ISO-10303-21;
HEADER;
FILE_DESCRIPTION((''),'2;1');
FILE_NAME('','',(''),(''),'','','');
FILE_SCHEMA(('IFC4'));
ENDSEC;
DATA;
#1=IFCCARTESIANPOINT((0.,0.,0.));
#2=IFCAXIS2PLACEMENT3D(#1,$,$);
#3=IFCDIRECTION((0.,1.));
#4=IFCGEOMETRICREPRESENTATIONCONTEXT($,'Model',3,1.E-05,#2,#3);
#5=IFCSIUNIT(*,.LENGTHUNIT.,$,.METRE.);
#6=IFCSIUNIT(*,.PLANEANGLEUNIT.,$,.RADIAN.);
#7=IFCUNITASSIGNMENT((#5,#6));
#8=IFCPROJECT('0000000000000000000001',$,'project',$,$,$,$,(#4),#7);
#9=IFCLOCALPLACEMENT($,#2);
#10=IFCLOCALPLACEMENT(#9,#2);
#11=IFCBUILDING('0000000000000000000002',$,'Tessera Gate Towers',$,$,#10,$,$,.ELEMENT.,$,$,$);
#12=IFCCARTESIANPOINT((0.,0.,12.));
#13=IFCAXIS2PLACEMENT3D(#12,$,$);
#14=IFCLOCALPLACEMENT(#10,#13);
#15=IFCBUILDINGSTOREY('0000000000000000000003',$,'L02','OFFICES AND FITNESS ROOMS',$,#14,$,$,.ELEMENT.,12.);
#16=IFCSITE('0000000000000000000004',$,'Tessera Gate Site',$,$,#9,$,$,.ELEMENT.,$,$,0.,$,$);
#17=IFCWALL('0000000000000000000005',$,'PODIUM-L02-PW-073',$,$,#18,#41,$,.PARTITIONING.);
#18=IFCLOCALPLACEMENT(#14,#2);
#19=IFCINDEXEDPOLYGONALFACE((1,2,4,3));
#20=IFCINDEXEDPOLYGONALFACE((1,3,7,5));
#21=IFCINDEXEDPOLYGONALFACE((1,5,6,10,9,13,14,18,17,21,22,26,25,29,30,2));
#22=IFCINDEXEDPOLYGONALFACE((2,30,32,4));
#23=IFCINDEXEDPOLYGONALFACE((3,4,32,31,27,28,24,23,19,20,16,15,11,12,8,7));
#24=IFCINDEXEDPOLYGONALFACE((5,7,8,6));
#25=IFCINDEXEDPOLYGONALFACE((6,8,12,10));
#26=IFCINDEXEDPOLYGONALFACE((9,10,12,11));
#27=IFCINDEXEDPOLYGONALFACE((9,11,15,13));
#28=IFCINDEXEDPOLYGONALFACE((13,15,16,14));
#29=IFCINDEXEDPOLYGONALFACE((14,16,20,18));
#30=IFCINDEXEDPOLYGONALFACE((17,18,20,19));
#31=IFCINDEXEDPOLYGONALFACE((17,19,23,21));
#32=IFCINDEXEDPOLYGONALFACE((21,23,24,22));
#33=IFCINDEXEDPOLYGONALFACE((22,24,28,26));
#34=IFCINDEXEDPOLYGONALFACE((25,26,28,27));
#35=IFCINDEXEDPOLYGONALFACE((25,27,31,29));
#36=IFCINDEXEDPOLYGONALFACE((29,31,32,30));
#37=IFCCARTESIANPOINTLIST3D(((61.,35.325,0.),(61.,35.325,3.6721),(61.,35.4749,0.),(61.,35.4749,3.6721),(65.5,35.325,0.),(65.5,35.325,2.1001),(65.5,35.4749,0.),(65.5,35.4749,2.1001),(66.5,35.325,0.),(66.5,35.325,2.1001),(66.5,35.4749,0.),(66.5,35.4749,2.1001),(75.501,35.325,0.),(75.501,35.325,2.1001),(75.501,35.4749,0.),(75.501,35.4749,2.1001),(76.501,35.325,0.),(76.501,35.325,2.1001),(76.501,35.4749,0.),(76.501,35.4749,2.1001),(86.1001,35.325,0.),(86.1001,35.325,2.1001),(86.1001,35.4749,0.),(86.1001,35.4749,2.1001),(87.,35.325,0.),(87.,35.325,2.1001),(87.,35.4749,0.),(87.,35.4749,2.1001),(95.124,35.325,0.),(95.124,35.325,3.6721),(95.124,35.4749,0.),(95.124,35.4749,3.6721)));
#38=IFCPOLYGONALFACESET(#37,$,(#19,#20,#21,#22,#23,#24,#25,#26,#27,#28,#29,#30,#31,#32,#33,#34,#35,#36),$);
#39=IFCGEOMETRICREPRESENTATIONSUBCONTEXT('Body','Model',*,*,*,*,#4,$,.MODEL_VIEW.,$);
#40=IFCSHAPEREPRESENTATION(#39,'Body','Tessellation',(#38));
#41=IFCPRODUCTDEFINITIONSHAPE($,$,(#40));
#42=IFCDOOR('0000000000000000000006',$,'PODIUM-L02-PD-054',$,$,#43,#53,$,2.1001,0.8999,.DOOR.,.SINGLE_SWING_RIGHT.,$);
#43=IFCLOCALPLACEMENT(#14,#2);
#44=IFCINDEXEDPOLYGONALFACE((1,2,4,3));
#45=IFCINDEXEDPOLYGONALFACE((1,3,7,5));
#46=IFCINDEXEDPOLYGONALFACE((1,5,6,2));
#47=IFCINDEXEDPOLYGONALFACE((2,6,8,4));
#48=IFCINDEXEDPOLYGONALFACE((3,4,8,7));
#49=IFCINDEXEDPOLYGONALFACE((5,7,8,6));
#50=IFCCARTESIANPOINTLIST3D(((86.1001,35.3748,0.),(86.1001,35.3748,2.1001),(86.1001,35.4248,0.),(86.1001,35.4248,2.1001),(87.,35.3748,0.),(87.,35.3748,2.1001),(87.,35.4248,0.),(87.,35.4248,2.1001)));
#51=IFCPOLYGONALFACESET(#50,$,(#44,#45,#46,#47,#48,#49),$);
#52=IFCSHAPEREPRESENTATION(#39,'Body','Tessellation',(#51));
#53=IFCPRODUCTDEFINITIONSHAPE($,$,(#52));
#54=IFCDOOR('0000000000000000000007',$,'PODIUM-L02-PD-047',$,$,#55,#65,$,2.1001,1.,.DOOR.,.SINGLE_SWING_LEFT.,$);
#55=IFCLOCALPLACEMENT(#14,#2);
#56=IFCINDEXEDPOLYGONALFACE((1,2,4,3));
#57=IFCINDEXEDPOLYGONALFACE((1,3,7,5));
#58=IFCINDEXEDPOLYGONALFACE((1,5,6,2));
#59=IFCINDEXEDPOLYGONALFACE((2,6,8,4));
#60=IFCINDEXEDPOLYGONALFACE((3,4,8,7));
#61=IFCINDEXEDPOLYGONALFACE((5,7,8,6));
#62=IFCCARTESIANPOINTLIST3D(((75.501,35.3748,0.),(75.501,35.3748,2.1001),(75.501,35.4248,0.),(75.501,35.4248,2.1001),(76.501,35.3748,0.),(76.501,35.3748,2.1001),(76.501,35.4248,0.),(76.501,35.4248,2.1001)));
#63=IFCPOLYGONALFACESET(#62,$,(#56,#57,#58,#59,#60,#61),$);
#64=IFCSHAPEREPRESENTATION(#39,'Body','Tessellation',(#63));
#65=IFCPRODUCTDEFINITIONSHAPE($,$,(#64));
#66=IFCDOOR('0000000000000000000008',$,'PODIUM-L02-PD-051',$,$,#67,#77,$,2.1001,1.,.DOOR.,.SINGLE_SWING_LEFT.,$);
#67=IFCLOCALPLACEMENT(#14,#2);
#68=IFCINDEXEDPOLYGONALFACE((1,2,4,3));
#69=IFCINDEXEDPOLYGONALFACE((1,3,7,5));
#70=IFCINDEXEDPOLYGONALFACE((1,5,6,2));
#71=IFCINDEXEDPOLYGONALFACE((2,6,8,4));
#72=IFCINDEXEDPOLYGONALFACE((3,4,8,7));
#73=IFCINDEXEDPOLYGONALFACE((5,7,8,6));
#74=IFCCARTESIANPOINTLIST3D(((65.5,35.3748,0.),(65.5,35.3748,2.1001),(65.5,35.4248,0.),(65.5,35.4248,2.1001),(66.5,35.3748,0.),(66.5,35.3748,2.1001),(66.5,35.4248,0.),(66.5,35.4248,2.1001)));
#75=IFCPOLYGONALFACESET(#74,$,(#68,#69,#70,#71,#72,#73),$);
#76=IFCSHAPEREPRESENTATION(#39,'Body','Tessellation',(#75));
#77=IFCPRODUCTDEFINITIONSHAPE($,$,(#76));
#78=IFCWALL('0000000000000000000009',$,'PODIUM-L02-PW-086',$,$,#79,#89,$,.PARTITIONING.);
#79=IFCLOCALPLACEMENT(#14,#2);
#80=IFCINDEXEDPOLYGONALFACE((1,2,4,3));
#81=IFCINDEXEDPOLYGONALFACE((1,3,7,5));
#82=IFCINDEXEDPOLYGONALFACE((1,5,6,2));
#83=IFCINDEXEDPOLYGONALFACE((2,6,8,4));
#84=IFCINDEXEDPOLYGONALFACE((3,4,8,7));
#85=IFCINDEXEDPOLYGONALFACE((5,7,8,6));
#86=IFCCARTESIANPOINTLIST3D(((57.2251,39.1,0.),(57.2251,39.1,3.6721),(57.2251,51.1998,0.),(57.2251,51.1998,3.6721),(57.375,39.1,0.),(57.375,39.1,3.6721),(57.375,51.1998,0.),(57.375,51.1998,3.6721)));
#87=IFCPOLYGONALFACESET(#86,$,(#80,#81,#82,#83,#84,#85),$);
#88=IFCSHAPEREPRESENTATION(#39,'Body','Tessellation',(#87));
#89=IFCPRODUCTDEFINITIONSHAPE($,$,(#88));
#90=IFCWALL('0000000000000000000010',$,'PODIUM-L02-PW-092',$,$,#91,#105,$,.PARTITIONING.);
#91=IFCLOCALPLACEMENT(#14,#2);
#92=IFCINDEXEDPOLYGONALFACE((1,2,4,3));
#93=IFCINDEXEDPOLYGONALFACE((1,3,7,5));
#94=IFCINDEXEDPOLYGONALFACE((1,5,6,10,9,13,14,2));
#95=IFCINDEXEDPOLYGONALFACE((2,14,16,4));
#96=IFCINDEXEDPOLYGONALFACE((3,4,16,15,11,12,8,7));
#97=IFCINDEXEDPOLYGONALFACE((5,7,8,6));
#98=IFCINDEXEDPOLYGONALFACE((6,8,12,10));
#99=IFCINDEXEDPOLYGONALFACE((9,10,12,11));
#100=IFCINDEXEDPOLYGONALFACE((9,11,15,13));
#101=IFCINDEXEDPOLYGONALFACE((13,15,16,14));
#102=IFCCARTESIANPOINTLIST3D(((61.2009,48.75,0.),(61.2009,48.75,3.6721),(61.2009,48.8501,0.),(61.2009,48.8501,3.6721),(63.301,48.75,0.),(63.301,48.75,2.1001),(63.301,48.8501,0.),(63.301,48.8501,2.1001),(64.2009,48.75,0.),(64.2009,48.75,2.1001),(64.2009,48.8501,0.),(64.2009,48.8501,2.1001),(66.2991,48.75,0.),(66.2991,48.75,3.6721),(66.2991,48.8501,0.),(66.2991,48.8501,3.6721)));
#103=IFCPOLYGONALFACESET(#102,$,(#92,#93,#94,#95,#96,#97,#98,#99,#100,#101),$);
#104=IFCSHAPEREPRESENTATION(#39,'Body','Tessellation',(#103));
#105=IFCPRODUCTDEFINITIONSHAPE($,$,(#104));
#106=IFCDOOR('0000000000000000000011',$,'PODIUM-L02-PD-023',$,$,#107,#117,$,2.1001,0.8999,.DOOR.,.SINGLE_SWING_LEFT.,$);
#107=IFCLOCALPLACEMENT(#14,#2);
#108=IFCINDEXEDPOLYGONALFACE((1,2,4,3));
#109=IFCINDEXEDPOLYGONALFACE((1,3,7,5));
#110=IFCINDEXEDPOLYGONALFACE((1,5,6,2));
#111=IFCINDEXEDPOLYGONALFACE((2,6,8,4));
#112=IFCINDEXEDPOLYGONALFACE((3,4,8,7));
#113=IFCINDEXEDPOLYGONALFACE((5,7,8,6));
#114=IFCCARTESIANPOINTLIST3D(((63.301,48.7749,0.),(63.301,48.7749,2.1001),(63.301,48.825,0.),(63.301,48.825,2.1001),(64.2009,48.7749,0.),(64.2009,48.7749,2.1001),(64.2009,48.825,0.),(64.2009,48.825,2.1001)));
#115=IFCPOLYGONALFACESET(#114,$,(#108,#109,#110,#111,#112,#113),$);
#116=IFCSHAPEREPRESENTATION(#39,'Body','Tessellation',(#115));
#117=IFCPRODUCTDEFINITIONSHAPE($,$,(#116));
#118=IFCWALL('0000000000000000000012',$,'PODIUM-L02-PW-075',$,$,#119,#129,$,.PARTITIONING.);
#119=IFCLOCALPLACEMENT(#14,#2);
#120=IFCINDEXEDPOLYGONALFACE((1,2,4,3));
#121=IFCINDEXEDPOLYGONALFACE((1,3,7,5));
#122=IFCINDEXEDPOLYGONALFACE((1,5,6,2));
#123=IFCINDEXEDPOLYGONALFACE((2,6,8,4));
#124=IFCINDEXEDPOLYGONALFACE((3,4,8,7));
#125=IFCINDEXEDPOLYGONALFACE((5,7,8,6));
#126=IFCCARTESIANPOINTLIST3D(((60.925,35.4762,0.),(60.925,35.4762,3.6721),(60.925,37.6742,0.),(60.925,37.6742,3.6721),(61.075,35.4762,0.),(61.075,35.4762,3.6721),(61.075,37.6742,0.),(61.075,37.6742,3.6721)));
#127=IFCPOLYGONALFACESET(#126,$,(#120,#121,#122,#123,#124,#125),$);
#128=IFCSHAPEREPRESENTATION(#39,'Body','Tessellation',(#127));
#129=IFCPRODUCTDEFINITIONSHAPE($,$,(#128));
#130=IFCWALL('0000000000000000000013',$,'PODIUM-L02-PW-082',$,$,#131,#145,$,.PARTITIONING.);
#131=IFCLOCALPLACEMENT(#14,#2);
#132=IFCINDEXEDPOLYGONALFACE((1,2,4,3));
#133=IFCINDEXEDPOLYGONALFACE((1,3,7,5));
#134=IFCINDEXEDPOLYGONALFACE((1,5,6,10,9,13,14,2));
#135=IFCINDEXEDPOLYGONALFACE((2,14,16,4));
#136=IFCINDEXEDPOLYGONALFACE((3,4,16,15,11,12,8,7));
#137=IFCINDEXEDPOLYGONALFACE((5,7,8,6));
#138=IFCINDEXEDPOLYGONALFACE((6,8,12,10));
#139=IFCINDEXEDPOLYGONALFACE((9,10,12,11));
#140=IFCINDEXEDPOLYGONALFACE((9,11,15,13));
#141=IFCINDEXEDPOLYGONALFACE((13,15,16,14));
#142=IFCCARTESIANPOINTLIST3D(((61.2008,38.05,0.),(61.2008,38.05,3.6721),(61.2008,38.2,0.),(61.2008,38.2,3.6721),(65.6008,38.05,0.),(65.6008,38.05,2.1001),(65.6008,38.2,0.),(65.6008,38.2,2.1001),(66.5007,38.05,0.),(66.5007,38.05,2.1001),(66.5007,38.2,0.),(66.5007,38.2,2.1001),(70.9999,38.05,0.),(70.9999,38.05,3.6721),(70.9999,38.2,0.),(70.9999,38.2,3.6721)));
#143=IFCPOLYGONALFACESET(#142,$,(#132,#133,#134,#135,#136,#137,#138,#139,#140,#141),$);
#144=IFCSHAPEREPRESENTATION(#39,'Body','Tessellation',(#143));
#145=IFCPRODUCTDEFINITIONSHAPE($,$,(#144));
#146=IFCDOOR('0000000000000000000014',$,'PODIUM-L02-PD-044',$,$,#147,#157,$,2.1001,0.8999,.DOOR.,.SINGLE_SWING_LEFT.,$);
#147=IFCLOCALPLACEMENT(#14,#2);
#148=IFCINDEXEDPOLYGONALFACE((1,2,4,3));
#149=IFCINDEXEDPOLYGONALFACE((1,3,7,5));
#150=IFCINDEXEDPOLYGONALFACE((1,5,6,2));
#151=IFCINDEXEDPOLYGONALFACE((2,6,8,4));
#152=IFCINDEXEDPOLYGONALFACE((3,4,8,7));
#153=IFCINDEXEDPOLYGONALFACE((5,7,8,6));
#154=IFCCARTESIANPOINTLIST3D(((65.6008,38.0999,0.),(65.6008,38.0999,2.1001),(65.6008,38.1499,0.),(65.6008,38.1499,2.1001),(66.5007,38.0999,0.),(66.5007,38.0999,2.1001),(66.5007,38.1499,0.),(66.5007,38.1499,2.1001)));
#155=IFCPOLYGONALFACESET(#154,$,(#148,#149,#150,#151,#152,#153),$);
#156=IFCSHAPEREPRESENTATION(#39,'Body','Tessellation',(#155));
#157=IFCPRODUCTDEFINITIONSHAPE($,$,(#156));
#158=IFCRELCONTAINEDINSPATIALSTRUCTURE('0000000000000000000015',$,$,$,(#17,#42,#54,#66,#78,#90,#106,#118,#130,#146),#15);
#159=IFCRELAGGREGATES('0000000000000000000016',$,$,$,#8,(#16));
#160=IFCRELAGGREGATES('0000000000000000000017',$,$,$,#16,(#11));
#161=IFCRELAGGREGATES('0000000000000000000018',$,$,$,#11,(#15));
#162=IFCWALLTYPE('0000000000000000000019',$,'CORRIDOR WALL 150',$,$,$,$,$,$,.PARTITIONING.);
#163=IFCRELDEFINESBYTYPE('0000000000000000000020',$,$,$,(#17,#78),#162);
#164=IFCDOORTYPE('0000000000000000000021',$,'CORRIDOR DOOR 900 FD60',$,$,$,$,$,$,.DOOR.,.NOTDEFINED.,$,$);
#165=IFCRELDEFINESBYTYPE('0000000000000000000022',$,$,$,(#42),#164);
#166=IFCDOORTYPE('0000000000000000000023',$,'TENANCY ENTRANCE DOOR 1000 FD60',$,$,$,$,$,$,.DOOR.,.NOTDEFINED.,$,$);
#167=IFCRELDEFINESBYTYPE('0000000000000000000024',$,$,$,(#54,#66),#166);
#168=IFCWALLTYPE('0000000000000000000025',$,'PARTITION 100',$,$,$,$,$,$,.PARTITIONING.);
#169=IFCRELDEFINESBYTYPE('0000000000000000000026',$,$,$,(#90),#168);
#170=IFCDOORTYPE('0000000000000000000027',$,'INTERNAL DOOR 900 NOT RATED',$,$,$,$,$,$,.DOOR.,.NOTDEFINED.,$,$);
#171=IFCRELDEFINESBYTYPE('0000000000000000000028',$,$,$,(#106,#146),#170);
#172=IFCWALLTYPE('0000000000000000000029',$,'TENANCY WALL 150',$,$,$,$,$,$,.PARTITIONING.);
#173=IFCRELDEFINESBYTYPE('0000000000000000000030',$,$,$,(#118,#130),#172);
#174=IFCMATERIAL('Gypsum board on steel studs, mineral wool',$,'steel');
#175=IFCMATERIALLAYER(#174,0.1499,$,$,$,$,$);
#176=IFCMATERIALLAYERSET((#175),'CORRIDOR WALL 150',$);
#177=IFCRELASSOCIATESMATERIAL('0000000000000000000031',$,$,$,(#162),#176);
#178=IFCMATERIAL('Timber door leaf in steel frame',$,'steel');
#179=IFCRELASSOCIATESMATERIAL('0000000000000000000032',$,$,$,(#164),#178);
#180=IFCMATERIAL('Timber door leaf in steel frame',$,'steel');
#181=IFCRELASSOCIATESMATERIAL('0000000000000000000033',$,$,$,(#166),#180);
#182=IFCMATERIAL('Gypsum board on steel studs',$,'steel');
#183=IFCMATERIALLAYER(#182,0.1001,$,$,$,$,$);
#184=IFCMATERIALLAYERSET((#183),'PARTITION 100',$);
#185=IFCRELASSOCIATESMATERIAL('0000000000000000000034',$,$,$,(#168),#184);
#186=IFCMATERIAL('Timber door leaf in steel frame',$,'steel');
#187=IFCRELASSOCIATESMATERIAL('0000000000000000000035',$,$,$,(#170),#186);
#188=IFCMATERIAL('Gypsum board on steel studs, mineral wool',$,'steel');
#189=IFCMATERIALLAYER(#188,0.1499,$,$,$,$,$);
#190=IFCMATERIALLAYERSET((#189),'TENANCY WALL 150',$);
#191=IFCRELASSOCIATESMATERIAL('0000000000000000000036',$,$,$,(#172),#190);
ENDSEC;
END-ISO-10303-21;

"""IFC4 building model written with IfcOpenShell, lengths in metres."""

from ifc_helpers import new_model, si_unit, direction, frame, frame_2d, origin, place, context, subcontext, project, spatial, rectangle, extrude, source, transform, mapped, material, layer, layer_set, type_object, element, fill, save


model = new_model("IFC4")

# Units and contexts
model_context = context("Model", 3, precision=1e-05, world=origin(), true_north=direction((0.0, 1.0)))
body_context = subcontext(model_context, "Body", "Model", "MODEL_VIEW")
ifc_project = project(units=[si_unit("LENGTHUNIT", "METRE"), si_unit("PLANEANGLEUNIT", "RADIAN")], contexts=[model_context])

# Site, building, storey
site_placement = place(None, origin())
site = spatial("IfcSite", under=ifc_project, at=site_placement, Name="Tessera Gate Site", CompositionType="ELEMENT", RefElevation=0.0)
building_placement = place(site_placement, origin())
building = spatial("IfcBuilding", under=site, at=building_placement, Name="Tessera Gate Towers", CompositionType="ELEMENT")
storey_placement = place(building_placement, frame((0.0, 0.0, 12.0)))
storey = spatial("IfcBuildingStorey", under=building, at=storey_placement, Name="L02", Description="OFFICES AND FITNESS ROOMS", CompositionType="ELEMENT", Elevation=12.0)

# Wall, openings, doors
ifc_material_1 = material(Name="Gypsum board on steel studs, mineral wool", Category="steel")
ifc_layer_1 = layer(ifc_material_1, 0.1499)
ifc_layer_set_1 = layer_set([ifc_layer_1], Name="CORRIDOR WALL 150")
wall_type_1 = type_object("IfcWallType", Name="CORRIDOR WALL 150", PredefinedType="PARTITIONING", material=ifc_layer_set_1)
wall_1_placement = place(storey_placement, frame((61.0, 35.3999, 0.0), z_axis=(0.0, 0.0, 1.0), x_axis=(1.0, 0.0, 0.0)))
wall_1 = element("IfcWall", 1, at=wall_1_placement, inside=storey, type_object=wall_type_1, Name="PODIUM-L02-PW-073", PredefinedType="PARTITIONING", context=body_context, shape_type="SweptSolid", body=[
    extrude(rectangle(XDim=34.124, YDim=0.1499, at=frame_2d((17.062, 0.0))), origin(), (0.0, 0.0, 1.0), 3.6721),
])
shared_shape_1 = source(origin(), body_context, "Body", "SweptSolid", [
    extrude(rectangle(XDim=1.0, YDim=2.1001, at=frame_2d((0.5, 1.05))), frame((0.0, 0.085, 0.0), z_axis=(0.0, -1.0, 0.0), x_axis=(1.0, 0.0, 0.0)), (0.0, 0.0, 1.0), 0.1699),
])
opening_1_placement = place(wall_1_placement, frame((14.501, 0.0, 0.0)))
opening_1 = element("IfcOpeningElement", 2, at=opening_1_placement, cuts=wall_1, PredefinedType="OPENING", context=body_context, shape_type="MappedRepresentation", body=[
    mapped(shared_shape_1, transform((0.0, 0.0, 0.0), scale=1.0)),
])
opening_2_placement = place(wall_1_placement, frame((4.5, 0.0, 0.0)))
opening_2 = element("IfcOpeningElement", 3, at=opening_2_placement, cuts=wall_1, PredefinedType="OPENING", context=body_context, shape_type="MappedRepresentation", body=[
    mapped(shared_shape_1, transform((0.0, 0.0, 0.0), scale=1.0)),
])
shared_shape_2 = source(origin(), body_context, "Body", "SweptSolid", [
    extrude(rectangle(XDim=0.8999, YDim=2.1001, at=frame_2d((0.45, 1.05))), frame((0.0, 0.085, 0.0), z_axis=(0.0, -1.0, 0.0), x_axis=(1.0, 0.0, 0.0)), (0.0, 0.0, 1.0), 0.1699),
])
opening_3_placement = place(wall_1_placement, frame((25.1001, 0.0, 0.0)))
opening_3 = element("IfcOpeningElement", 4, at=opening_3_placement, cuts=wall_1, PredefinedType="OPENING", context=body_context, shape_type="MappedRepresentation", body=[
    mapped(shared_shape_2, transform((0.0, 0.0, 0.0), scale=1.0)),
])
ifc_material_2 = material(Name="Timber door leaf in steel frame", Category="steel")
door_type_1 = type_object("IfcDoorType", Name="CORRIDOR DOOR 900 FD60", OperationType="NOTDEFINED", PredefinedType="DOOR", material=ifc_material_2)
shared_shape_3 = source(origin(), body_context, "Body", "SweptSolid", [
    extrude(rectangle(XDim=0.8999, YDim=2.1001, at=frame_2d((0.45, 1.05))), frame((0.0, 0.0249, 0.0), z_axis=(0.0, -1.0, 0.0), x_axis=(1.0, 0.0, 0.0)), (0.0, 0.0, 1.0), 0.05),
])
door_1_placement = place(opening_3_placement, origin())
door_1 = element("IfcDoor", 5, at=door_1_placement, inside=storey, type_object=door_type_1, Name="PODIUM-L02-PD-054", OperationType="SINGLE_SWING_RIGHT", OverallHeight=2.1001, OverallWidth=0.8999, PredefinedType="DOOR", context=body_context, shape_type="MappedRepresentation", body=[
    mapped(shared_shape_3, transform((0.0, 0.0, 0.0), scale=1.0)),
])
fill(opening_3, door_1)
ifc_material_3 = material(Name="Timber door leaf in steel frame", Category="steel")
door_type_2 = type_object("IfcDoorType", Name="TENANCY ENTRANCE DOOR 1000 FD60", OperationType="NOTDEFINED", PredefinedType="DOOR", material=ifc_material_3)
shared_shape_4 = source(origin(), body_context, "Body", "SweptSolid", [
    extrude(rectangle(XDim=1.0, YDim=2.1001, at=frame_2d((0.5, 1.05))), frame((0.0, 0.0249, 0.0), z_axis=(0.0, -1.0, 0.0), x_axis=(1.0, 0.0, 0.0)), (0.0, 0.0, 1.0), 0.05),
])
door_2_placement = place(opening_1_placement, origin())
door_2 = element("IfcDoor", 6, at=door_2_placement, inside=storey, type_object=door_type_2, Name="PODIUM-L02-PD-047", OperationType="SINGLE_SWING_LEFT", OverallHeight=2.1001, OverallWidth=1.0, PredefinedType="DOOR", context=body_context, shape_type="MappedRepresentation", body=[
    mapped(shared_shape_4, transform((0.0, 0.0, 0.0), scale=1.0)),
])
fill(opening_1, door_2)
door_3_placement = place(opening_2_placement, origin())
door_3 = element("IfcDoor", 7, at=door_3_placement, inside=storey, type_object=door_type_2, Name="PODIUM-L02-PD-051", OperationType="SINGLE_SWING_LEFT", OverallHeight=2.1001, OverallWidth=1.0, PredefinedType="DOOR", context=body_context, shape_type="MappedRepresentation", body=[
    mapped(shared_shape_4, transform((0.0, 0.0, 0.0), scale=1.0)),
])
fill(opening_2, door_3)

# Wall
wall_2_placement = place(storey_placement, frame((57.3, 39.1001, 0.0), z_axis=(0.0, 0.0, 1.0), x_axis=(0.0, 1.0, 0.0)))
element("IfcWall", 8, at=wall_2_placement, inside=storey, type_object=wall_type_1, Name="PODIUM-L02-PW-086", PredefinedType="PARTITIONING", context=body_context, shape_type="SweptSolid", body=[
    extrude(rectangle(XDim=12.0999, YDim=0.1499, at=frame_2d((6.0498, 0.0))), origin(), (0.0, 0.0, 1.0), 3.6721),
])

# Wall, opening, door
ifc_material_4 = material(Name="Gypsum board on steel studs", Category="steel")
ifc_layer_2 = layer(ifc_material_4, 0.1001)
ifc_layer_set_2 = layer_set([ifc_layer_2], Name="PARTITION 100")
wall_type_2 = type_object("IfcWallType", Name="PARTITION 100", PredefinedType="PARTITIONING", material=ifc_layer_set_2)
wall_3_placement = place(storey_placement, frame((61.2009, 48.8, 0.0), z_axis=(0.0, 0.0, 1.0), x_axis=(1.0, 0.0, 0.0)))
wall_3 = element("IfcWall", 9, at=wall_3_placement, inside=storey, type_object=wall_type_2, Name="PODIUM-L02-PW-092", PredefinedType="PARTITIONING", context=body_context, shape_type="SweptSolid", body=[
    extrude(rectangle(XDim=5.0981, YDim=0.1001, at=frame_2d((2.5491, 0.0))), origin(), (0.0, 0.0, 1.0), 3.6721),
])
shared_shape_5 = source(origin(), body_context, "Body", "SweptSolid", [
    extrude(rectangle(XDim=0.8999, YDim=2.1001, at=frame_2d((0.45, 1.05))), frame((0.0, 0.0601, 0.0), z_axis=(0.0, -1.0, 0.0), x_axis=(1.0, 0.0, 0.0)), (0.0, 0.0, 1.0), 0.1201),
])
opening_4_placement = place(wall_3_placement, frame((2.1001, 0.0, 0.0)))
opening_4 = element("IfcOpeningElement", 10, at=opening_4_placement, cuts=wall_3, PredefinedType="OPENING", context=body_context, shape_type="MappedRepresentation", body=[
    mapped(shared_shape_5, transform((0.0, 0.0, 0.0), scale=1.0)),
])
ifc_material_5 = material(Name="Timber door leaf in steel frame", Category="steel")
door_type_3 = type_object("IfcDoorType", Name="INTERNAL DOOR 900 NOT RATED", OperationType="NOTDEFINED", PredefinedType="DOOR", material=ifc_material_5)
door_4_placement = place(opening_4_placement, origin())
door_4 = element("IfcDoor", 11, at=door_4_placement, inside=storey, type_object=door_type_3, Name="PODIUM-L02-PD-023", OperationType="SINGLE_SWING_LEFT", OverallHeight=2.1001, OverallWidth=0.8999, PredefinedType="DOOR", context=body_context, shape_type="MappedRepresentation", body=[
    mapped(shared_shape_3, transform((0.0, 0.0, 0.0), scale=1.0)),
])
fill(opening_4, door_4)

# Wall
ifc_material_6 = material(Name="Gypsum board on steel studs, mineral wool", Category="steel")
ifc_layer_3 = layer(ifc_material_6, 0.1499)
ifc_layer_set_3 = layer_set([ifc_layer_3], Name="TENANCY WALL 150")
wall_type_3 = type_object("IfcWallType", Name="TENANCY WALL 150", PredefinedType="PARTITIONING", material=ifc_layer_set_3)
wall_4_placement = place(storey_placement, frame((61.0, 35.4761, 0.0), z_axis=(0.0, 0.0, 1.0), x_axis=(0.0, 1.0, 0.0)))
element("IfcWall", 12, at=wall_4_placement, inside=storey, type_object=wall_type_3, Name="PODIUM-L02-PW-075", PredefinedType="PARTITIONING", context=body_context, shape_type="SweptSolid", body=[
    extrude(rectangle(XDim=2.198, YDim=0.1499, at=frame_2d((1.0991, 0.0))), origin(), (0.0, 0.0, 1.0), 3.6721),
])

# Wall, opening, door
wall_5_placement = place(storey_placement, frame((61.2009, 38.125, 0.0), z_axis=(0.0, 0.0, 1.0), x_axis=(1.0, 0.0, 0.0)))
wall_5 = element("IfcWall", 13, at=wall_5_placement, inside=storey, type_object=wall_type_3, Name="PODIUM-L02-PW-082", PredefinedType="PARTITIONING", context=body_context, shape_type="SweptSolid", body=[
    extrude(rectangle(XDim=9.7991, YDim=0.1499, at=frame_2d((4.8994, 0.0))), origin(), (0.0, 0.0, 1.0), 3.6721),
])
opening_5_placement = place(wall_5_placement, frame((4.3999, 0.0, 0.0)))
opening_5 = element("IfcOpeningElement", 14, at=opening_5_placement, cuts=wall_5, PredefinedType="OPENING", context=body_context, shape_type="MappedRepresentation", body=[
    mapped(shared_shape_2, transform((0.0, 0.0, 0.0), scale=1.0)),
])
door_5_placement = place(opening_5_placement, origin())
door_5 = element("IfcDoor", 15, at=door_5_placement, inside=storey, type_object=door_type_3, Name="PODIUM-L02-PD-044", OperationType="SINGLE_SWING_LEFT", OverallHeight=2.1001, OverallWidth=0.8999, PredefinedType="DOOR", context=body_context, shape_type="MappedRepresentation", body=[
    mapped(shared_shape_3, transform((0.0, 0.0, 0.0), scale=1.0)),
])
fill(opening_5, door_5)

save(model, "model.ifc")
